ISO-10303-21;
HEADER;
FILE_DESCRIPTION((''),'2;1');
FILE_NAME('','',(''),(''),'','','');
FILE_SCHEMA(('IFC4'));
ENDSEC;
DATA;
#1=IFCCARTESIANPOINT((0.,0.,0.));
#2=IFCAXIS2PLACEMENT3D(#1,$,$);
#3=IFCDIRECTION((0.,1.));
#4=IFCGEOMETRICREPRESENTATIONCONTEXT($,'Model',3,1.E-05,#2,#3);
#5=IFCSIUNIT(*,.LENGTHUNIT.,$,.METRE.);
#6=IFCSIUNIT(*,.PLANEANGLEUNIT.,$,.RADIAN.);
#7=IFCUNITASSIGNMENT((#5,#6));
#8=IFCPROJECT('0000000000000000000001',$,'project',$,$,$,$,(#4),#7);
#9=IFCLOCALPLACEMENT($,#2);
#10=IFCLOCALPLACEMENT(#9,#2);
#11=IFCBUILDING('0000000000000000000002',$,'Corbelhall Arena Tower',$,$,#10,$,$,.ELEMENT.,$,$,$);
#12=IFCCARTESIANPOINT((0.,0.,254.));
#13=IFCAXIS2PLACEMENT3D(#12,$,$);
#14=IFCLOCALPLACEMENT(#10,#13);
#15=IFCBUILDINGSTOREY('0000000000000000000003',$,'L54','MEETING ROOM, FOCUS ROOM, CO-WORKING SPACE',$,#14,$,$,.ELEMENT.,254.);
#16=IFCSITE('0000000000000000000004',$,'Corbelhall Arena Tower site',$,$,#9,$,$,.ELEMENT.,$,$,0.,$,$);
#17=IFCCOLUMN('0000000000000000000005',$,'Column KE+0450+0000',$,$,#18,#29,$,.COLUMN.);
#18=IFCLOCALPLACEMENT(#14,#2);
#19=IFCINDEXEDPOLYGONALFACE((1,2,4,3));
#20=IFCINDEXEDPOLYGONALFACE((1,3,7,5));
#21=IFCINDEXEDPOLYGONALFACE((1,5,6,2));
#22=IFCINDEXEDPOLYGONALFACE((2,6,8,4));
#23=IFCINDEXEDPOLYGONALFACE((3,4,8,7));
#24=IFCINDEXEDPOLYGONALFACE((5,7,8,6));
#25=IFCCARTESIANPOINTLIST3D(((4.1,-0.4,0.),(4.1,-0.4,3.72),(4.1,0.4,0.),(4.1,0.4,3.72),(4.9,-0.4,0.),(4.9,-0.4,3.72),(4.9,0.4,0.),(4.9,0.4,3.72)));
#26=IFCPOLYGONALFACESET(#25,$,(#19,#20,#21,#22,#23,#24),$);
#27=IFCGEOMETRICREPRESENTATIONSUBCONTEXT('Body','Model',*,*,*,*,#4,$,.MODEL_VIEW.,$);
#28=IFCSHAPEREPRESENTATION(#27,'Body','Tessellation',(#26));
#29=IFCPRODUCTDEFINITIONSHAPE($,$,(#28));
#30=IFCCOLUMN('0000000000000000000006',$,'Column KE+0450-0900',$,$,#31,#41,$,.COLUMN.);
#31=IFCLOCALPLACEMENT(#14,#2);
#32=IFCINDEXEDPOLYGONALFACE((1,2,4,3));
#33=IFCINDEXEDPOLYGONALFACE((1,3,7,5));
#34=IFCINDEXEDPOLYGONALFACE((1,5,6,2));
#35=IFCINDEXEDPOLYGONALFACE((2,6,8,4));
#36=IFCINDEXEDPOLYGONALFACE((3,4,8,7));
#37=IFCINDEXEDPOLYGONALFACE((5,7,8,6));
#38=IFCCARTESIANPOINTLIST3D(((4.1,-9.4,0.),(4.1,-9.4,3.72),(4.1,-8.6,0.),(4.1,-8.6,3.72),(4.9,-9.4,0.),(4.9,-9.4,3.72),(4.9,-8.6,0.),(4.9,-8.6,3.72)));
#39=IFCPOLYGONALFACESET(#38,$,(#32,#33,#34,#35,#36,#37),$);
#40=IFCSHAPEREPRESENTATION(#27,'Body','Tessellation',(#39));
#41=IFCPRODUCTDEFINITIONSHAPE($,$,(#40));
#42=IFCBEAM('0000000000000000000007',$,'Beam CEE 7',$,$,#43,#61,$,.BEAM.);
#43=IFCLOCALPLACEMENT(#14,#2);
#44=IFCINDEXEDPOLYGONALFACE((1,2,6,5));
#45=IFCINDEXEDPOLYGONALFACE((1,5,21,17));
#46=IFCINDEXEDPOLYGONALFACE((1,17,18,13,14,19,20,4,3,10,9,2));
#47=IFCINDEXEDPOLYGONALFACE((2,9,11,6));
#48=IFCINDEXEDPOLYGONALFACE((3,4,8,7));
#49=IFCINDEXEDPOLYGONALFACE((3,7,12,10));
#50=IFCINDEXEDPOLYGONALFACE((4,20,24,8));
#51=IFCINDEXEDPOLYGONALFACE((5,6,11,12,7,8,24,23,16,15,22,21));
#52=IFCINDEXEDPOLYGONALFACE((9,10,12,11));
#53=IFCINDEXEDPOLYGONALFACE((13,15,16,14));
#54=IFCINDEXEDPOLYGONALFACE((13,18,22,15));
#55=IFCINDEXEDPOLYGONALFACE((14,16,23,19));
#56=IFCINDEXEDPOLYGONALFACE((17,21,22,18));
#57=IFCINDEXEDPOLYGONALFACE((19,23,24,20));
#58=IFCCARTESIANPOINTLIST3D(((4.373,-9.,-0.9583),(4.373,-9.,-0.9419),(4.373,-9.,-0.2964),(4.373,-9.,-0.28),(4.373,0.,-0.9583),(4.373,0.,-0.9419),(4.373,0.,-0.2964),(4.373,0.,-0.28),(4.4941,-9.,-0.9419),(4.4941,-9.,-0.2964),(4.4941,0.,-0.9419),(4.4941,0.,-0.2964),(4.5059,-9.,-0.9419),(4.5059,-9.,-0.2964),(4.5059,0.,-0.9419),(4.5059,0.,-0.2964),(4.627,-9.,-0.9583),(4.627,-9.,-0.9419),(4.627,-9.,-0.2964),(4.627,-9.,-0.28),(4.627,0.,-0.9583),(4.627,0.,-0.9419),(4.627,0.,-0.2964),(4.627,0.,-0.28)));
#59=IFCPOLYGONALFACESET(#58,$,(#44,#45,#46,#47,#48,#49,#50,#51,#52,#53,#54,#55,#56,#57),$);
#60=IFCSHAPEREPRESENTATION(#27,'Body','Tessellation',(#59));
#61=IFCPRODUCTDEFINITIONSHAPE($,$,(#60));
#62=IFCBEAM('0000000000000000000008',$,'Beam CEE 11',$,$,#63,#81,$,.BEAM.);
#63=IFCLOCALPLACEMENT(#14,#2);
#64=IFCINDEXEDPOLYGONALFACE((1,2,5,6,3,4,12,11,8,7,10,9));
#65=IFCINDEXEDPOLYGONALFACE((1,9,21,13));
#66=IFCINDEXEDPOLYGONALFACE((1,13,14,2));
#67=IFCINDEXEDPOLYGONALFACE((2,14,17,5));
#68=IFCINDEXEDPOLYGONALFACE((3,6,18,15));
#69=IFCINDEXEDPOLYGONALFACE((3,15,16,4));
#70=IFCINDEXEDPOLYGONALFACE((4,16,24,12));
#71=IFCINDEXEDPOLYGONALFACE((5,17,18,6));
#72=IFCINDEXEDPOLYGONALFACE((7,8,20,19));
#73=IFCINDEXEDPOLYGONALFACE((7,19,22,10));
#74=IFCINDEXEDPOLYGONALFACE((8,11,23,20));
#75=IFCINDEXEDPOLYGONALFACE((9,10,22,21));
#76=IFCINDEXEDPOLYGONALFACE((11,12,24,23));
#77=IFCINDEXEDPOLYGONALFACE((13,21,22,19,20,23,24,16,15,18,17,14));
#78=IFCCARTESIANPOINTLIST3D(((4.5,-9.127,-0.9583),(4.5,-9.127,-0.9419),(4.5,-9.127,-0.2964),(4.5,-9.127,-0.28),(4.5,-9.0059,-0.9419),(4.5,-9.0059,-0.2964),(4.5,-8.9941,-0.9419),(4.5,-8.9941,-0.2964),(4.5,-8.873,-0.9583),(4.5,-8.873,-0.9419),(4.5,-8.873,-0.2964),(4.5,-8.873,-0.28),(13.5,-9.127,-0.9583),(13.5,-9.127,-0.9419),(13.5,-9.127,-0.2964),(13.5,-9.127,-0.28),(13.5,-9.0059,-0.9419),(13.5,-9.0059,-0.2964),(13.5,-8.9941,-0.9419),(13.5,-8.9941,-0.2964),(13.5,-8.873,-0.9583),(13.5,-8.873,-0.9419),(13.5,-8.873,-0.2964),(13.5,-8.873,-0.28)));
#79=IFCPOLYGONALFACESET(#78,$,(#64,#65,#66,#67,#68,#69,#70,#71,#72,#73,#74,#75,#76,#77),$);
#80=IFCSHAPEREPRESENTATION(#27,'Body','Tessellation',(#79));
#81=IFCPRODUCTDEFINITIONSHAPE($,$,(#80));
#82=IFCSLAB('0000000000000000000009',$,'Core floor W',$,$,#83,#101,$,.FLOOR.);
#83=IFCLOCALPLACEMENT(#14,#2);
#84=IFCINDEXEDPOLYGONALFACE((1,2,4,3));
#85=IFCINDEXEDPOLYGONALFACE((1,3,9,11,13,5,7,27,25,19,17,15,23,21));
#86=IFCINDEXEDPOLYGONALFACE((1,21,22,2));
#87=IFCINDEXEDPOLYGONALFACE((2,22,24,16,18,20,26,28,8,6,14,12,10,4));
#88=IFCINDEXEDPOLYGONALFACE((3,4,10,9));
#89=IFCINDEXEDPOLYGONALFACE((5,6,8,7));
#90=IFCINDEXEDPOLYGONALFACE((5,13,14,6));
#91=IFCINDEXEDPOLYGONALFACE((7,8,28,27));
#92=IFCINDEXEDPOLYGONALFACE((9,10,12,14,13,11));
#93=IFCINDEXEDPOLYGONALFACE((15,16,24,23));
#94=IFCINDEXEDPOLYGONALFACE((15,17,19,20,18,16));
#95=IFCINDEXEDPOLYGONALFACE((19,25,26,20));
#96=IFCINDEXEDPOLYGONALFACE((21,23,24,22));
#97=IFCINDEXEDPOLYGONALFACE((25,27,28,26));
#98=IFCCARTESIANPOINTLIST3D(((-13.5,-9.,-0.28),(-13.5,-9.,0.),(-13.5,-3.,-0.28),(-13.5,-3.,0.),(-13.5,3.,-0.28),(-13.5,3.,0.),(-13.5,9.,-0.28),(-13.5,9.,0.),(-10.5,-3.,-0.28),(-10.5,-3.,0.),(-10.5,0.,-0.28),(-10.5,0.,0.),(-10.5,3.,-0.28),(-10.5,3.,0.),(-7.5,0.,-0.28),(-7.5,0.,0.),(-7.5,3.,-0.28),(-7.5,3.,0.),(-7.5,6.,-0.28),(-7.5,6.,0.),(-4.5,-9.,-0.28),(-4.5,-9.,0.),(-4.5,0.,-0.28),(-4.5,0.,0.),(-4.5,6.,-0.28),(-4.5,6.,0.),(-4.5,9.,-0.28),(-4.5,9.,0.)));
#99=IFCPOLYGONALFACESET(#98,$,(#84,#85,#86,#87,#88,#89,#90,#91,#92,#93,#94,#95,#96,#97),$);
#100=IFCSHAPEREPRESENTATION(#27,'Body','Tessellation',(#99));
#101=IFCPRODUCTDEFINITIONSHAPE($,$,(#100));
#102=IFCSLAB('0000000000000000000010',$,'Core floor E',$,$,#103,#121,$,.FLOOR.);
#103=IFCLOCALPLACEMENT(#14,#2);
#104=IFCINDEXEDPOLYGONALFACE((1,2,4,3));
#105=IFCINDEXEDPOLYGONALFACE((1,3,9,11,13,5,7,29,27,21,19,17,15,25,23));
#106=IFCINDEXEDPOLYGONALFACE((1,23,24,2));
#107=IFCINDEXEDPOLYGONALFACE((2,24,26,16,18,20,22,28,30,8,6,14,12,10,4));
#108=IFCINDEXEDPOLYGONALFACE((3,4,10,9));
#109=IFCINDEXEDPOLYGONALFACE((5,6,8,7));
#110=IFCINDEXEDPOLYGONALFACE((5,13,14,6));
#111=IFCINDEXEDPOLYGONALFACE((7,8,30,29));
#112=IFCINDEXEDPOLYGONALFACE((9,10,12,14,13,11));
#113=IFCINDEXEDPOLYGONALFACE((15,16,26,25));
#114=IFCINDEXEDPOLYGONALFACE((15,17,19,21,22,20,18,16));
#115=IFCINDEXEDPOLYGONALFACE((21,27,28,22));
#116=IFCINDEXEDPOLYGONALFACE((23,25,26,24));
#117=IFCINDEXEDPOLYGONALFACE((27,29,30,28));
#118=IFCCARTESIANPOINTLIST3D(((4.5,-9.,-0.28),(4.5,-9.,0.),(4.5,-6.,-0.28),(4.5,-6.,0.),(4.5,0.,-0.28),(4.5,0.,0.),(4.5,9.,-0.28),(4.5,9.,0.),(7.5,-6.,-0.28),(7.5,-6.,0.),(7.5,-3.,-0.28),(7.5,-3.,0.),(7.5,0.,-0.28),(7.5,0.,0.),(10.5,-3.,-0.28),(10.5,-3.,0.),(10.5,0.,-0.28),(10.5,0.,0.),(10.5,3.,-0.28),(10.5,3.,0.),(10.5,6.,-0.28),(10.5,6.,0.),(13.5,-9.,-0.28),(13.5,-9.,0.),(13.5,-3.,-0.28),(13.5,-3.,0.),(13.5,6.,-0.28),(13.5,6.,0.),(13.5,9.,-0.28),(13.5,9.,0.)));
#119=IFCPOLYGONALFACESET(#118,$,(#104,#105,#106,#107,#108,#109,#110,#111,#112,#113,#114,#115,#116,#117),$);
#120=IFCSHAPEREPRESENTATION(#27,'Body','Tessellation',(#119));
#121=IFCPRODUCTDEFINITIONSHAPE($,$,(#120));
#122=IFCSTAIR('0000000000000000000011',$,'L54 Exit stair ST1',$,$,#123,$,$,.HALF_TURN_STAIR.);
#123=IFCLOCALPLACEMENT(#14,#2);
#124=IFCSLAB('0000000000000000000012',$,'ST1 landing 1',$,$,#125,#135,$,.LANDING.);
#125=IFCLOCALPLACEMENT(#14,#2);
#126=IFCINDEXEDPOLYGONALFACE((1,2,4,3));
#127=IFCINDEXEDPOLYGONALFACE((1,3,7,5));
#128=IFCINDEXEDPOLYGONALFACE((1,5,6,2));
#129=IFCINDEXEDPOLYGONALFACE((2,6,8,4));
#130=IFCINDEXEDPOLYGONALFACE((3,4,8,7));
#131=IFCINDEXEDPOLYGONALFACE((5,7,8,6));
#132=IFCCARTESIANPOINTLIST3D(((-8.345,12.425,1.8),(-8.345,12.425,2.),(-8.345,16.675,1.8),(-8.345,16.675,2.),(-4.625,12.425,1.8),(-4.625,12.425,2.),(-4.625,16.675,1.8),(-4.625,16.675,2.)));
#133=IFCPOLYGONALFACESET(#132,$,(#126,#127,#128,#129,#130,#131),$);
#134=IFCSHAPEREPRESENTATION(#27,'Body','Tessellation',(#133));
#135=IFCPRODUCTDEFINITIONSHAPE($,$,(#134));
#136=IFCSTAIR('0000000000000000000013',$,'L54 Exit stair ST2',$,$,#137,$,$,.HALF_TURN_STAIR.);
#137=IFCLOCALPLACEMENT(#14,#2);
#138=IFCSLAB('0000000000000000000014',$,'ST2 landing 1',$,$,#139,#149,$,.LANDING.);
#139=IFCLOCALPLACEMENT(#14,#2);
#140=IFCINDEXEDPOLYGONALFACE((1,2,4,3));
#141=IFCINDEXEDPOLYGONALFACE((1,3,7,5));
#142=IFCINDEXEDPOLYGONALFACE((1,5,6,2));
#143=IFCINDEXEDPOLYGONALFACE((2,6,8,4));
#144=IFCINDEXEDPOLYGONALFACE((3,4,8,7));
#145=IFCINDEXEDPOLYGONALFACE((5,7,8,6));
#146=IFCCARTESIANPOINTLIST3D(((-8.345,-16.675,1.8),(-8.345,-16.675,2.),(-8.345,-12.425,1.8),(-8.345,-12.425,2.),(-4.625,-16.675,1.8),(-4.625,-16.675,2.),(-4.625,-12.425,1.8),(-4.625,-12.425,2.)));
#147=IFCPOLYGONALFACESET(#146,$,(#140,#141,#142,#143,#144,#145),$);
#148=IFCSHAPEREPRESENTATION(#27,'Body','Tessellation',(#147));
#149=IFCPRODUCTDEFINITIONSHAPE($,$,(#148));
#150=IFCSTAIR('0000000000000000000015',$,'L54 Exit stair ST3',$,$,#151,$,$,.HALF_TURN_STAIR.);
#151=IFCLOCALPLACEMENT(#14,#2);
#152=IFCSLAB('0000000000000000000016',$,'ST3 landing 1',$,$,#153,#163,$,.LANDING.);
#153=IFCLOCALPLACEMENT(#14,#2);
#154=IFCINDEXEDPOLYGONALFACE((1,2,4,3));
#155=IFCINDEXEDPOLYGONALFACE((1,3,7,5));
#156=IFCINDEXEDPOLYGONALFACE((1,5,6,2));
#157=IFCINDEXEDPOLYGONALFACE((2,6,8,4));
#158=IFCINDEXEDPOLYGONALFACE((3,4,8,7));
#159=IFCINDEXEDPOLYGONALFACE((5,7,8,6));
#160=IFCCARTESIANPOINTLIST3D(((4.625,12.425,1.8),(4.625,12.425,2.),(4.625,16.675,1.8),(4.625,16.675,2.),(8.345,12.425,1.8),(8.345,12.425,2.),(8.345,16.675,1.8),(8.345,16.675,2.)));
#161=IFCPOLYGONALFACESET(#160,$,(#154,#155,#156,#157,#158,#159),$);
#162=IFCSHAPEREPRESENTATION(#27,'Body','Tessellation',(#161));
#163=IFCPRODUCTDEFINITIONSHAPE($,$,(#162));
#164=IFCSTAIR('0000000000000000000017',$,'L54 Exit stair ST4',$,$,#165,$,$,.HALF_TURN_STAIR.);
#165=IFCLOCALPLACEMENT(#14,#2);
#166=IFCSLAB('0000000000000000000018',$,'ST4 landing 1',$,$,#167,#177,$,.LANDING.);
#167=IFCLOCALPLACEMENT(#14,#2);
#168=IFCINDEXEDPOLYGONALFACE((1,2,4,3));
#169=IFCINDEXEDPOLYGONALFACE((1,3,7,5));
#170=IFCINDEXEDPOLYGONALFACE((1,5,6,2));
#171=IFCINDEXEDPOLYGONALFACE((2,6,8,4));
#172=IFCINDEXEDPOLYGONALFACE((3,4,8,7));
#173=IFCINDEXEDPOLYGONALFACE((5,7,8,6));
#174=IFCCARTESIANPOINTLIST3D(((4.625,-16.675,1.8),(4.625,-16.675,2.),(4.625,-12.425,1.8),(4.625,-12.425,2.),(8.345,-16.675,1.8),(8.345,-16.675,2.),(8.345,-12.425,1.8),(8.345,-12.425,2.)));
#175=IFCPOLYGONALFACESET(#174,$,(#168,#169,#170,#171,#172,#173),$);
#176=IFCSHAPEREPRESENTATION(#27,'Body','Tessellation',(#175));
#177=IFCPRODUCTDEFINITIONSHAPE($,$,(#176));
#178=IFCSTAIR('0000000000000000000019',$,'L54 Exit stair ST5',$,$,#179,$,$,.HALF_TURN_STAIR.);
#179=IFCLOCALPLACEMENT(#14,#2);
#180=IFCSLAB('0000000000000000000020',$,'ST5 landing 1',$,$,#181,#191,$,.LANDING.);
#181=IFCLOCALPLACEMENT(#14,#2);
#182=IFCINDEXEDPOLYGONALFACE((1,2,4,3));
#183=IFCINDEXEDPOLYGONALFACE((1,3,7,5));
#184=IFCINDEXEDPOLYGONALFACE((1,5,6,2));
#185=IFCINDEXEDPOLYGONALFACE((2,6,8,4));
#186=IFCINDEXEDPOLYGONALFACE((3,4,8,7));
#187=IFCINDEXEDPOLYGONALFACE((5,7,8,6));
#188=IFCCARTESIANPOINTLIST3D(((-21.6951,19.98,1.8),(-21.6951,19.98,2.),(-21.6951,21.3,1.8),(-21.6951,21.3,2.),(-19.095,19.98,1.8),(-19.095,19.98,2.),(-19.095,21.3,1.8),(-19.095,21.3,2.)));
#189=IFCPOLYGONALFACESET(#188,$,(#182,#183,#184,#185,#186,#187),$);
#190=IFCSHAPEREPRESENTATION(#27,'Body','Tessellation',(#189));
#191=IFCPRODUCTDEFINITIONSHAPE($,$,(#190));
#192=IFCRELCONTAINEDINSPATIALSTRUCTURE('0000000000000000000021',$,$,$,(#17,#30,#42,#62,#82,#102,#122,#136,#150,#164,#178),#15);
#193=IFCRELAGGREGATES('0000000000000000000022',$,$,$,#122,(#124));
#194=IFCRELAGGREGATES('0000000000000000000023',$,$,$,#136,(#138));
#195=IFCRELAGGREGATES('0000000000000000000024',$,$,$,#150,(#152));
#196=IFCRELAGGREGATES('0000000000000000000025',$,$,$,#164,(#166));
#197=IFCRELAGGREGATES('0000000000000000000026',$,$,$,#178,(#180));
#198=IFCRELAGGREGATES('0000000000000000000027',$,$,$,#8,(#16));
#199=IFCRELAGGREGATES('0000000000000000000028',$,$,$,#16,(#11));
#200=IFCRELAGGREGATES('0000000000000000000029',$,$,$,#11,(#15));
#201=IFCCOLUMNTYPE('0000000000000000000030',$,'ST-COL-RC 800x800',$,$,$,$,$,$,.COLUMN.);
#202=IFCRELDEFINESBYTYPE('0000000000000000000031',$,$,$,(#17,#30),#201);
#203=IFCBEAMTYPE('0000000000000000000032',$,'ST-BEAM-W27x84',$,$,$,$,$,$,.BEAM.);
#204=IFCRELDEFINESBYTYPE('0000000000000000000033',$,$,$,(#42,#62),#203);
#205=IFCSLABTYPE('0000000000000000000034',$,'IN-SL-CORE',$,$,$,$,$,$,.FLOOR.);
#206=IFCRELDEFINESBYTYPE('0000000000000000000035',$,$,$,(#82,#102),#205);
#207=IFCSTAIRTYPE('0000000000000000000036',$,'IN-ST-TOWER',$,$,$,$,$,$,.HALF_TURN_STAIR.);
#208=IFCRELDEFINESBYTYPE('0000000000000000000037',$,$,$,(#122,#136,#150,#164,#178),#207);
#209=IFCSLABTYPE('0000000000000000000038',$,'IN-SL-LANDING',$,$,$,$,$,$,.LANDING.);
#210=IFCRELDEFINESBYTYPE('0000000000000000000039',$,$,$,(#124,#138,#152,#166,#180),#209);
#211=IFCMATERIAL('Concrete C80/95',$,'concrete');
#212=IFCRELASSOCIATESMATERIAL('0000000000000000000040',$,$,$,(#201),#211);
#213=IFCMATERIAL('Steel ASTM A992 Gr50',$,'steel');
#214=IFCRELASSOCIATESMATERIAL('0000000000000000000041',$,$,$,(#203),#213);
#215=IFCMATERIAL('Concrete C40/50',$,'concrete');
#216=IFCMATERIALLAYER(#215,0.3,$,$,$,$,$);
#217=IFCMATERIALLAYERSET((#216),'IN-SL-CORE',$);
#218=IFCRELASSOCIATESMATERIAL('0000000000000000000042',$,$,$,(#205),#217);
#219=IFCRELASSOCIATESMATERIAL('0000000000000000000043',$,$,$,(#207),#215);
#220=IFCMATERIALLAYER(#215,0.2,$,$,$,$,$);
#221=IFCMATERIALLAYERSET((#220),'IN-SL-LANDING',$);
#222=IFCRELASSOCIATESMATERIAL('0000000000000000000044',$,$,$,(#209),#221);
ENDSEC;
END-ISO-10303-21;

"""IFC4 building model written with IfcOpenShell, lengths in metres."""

from ifc_helpers import new_model, si_unit, direction, frame, origin, origin_2d, place, context, subcontext, project, spatial, polyline, rectangle, i_section, outline, extrude, material, layer, layer_set, material_profile, profile_set, type_object, element, aggregate, save


model = new_model("IFC4")

# Units and contexts
model_context = context("Model", 3, precision=1e-05, world=origin(), true_north=direction((0.0, 1.0)))
body_context = subcontext(model_context, "Body", "Model", "MODEL_VIEW")
ifc_project = project(units=[si_unit("LENGTHUNIT", "METRE"), si_unit("PLANEANGLEUNIT", "RADIAN")], contexts=[model_context])

# Site, building, storey
site_placement = place(None, origin())
site = spatial("IfcSite", under=ifc_project, at=site_placement, Name="Corbelhall Arena Tower site", CompositionType="ELEMENT", RefElevation=0.0)
building_placement = place(site_placement, origin())
building = spatial("IfcBuilding", under=site, at=building_placement, Name="Corbelhall Arena Tower", CompositionType="ELEMENT")
storey_placement = place(building_placement, frame((0.0, 0.0, 254.0)))
storey = spatial("IfcBuildingStorey", under=building, at=storey_placement, Name="L54", Description="MEETING ROOM, FOCUS ROOM, CO-WORKING SPACE", CompositionType="ELEMENT", Elevation=254.0)

# Columns
ifc_material_1 = material(Name="Concrete C80/95", Category="concrete")
ifc_material_profile_1 = material_profile(ifc_material_1, rectangle(XDim=0.8, YDim=0.8, at=origin_2d()))
ifc_profile_set_1 = profile_set([ifc_material_profile_1], Name="Concrete C80/95")
column_type = type_object("IfcColumnType", Name="ST-COL-RC 800x800", PredefinedType="COLUMN", material=ifc_profile_set_1)
for number, where, z_axis, x_axis, name in (
    (1, (4.5, 0.0, 0.0), (0.0, 0.0, 1.0), (1.0, 0.0, 0.0), "Column KE+0450+0000"),
    (2, (4.5, -9.0, 0.0), (0.0, 0.0, 1.0), (1.0, 0.0, 0.0), "Column KE+0450-0900"),
):
    element("IfcColumn", number, at=place(storey_placement, frame(where, z_axis=z_axis, x_axis=x_axis)), inside=storey, type_object=column_type, Name=name, PredefinedType="COLUMN", context=body_context, shape_type="SweptSolid", body=[
        extrude(rectangle(XDim=0.8, YDim=0.8, at=origin_2d()), origin(), (0.0, 0.0, 1.0), 3.72),
    ])

# Beams
ifc_material_2 = material(Name="Steel ASTM A992 Gr50", Category="steel")
ifc_material_profile_2 = material_profile(ifc_material_2, i_section(OverallWidth=0.2539, OverallDepth=0.6782, WebThickness=0.0117, FlangeThickness=0.0164, at=origin_2d()))
ifc_profile_set_2 = profile_set([ifc_material_profile_2], Name="Steel ASTM A992 Gr50")
beam_type = type_object("IfcBeamType", Name="ST-BEAM-W27x84", PredefinedType="BEAM", material=ifc_profile_set_2)
for number, where, z_axis, x_axis, name in (
    (3, (4.5, -9.0, -0.6191), (0.0, 1.0, 0.0), (-1.0, 0.0, 0.0), "Beam CEE 7"),
    (4, (4.5, -9.0, -0.6191), (1.0, 0.0, 0.0), (0.0, 1.0, 0.0), "Beam CEE 11"),
):
    element("IfcBeam", number, at=place(storey_placement, frame(where, z_axis=z_axis, x_axis=x_axis)), inside=storey, type_object=beam_type, Name=name, PredefinedType="BEAM", context=body_context, shape_type="SweptSolid", body=[
        extrude(i_section(OverallWidth=0.2539, OverallDepth=0.6782, WebThickness=0.0117, FlangeThickness=0.0164, at=origin_2d()), origin(), (0.0, 0.0, 1.0), 9.0),
    ])

# Slabs
ifc_material_3 = material(Name="Concrete C40/50", Category="concrete")
ifc_layer_1 = layer(ifc_material_3, 0.3)
ifc_layer_set_1 = layer_set([ifc_layer_1], Name="IN-SL-CORE")
slab_type_1 = type_object("IfcSlabType", Name="IN-SL-CORE", PredefinedType="FLOOR", material=ifc_layer_set_1)
slab_1_placement = place(storey_placement, frame((0.0, 0.0, -0.28)))
element("IfcSlab", 5, at=slab_1_placement, inside=storey, type_object=slab_type_1, Name="Core floor W", PredefinedType="FLOOR", context=body_context, shape_type="SweptSolid", body=[
    extrude(outline(polyline([(-10.5, -3.0), (-13.5, -3.0), (-13.5, -9.0), (-4.5, -9.0), (-4.5, 0.0), (-7.5, 0.0), (-7.5, 3.0), (-7.5, 6.0), (-4.5, 6.0), (-4.5, 9.0), (-13.5, 9.0), (-13.5, 3.0), (-10.5, 3.0), (-10.5, 0.0), (-10.5, -3.0)])), origin(), (0.0, 0.0, 1.0), 0.28),
])
slab_2_placement = place(storey_placement, frame((0.0, 0.0, -0.28)))
element("IfcSlab", 6, at=slab_2_placement, inside=storey, type_object=slab_type_1, Name="Core floor E", PredefinedType="FLOOR", context=body_context, shape_type="SweptSolid", body=[
    extrude(outline(polyline([(13.5, -3.0), (10.5, -3.0), (10.5, 0.0), (10.5, 3.0), (10.5, 6.0), (13.5, 6.0), (13.5, 9.0), (4.5, 9.0), (4.5, 0.0), (7.5, 0.0), (7.5, -3.0), (7.5, -6.0), (4.5, -6.0), (4.5, -9.0), (13.5, -9.0), (13.5, -3.0)])), origin(), (0.0, 0.0, 1.0), 0.28),
])

# Stairs, slabs
stair_type = type_object("IfcStairType", Name="IN-ST-TOWER", PredefinedType="HALF_TURN_STAIR", material=ifc_material_3)
stair_1_placement = place(storey_placement, origin())
stair_1 = element("IfcStair", 7, at=stair_1_placement, inside=storey, type_object=stair_type, Name="L54 Exit stair ST1", PredefinedType="HALF_TURN_STAIR")
ifc_layer_2 = layer(ifc_material_3, 0.2)
ifc_layer_set_2 = layer_set([ifc_layer_2], Name="IN-SL-LANDING")
slab_type_2 = type_object("IfcSlabType", Name="IN-SL-LANDING", PredefinedType="LANDING", material=ifc_layer_set_2)
slab_3_placement = place(storey_placement, frame((0.0, 0.0, 1.8)))
slab_3 = element("IfcSlab", 8, at=slab_3_placement, type_object=slab_type_2, Name="ST1 landing 1", PredefinedType="LANDING", context=body_context, shape_type="SweptSolid", body=[
    extrude(outline(polyline([(-8.345, 12.425), (-4.625, 12.425), (-4.625, 16.675), (-8.345, 16.675), (-8.345, 12.425)])), origin(), (0.0, 0.0, 1.0), 0.2),
])
aggregate(stair_1, [slab_3])
stair_2_placement = place(storey_placement, origin())
stair_2 = element("IfcStair", 9, at=stair_2_placement, inside=storey, type_object=stair_type, Name="L54 Exit stair ST2", PredefinedType="HALF_TURN_STAIR")
slab_4_placement = place(storey_placement, frame((0.0, 0.0, 1.8)))
slab_4 = element("IfcSlab", 10, at=slab_4_placement, type_object=slab_type_2, Name="ST2 landing 1", PredefinedType="LANDING", context=body_context, shape_type="SweptSolid", body=[
    extrude(outline(polyline([(-8.345, -16.675), (-4.625, -16.675), (-4.625, -12.425), (-8.345, -12.425), (-8.345, -16.675)])), origin(), (0.0, 0.0, 1.0), 0.2),
])
aggregate(stair_2, [slab_4])
stair_3_placement = place(storey_placement, origin())
stair_3 = element("IfcStair", 11, at=stair_3_placement, inside=storey, type_object=stair_type, Name="L54 Exit stair ST3", PredefinedType="HALF_TURN_STAIR")
slab_5_placement = place(storey_placement, frame((0.0, 0.0, 1.8)))
slab_5 = element("IfcSlab", 12, at=slab_5_placement, type_object=slab_type_2, Name="ST3 landing 1", PredefinedType="LANDING", context=body_context, shape_type="SweptSolid", body=[
    extrude(outline(polyline([(8.345, 16.675), (4.625, 16.675), (4.625, 12.425), (8.345, 12.425), (8.345, 16.675)])), origin(), (0.0, 0.0, 1.0), 0.2),
])
aggregate(stair_3, [slab_5])
stair_4_placement = place(storey_placement, origin())
stair_4 = element("IfcStair", 13, at=stair_4_placement, inside=storey, type_object=stair_type, Name="L54 Exit stair ST4", PredefinedType="HALF_TURN_STAIR")
slab_6_placement = place(storey_placement, frame((0.0, 0.0, 1.8)))
slab_6 = element("IfcSlab", 14, at=slab_6_placement, type_object=slab_type_2, Name="ST4 landing 1", PredefinedType="LANDING", context=body_context, shape_type="SweptSolid", body=[
    extrude(outline(polyline([(8.345, -12.425), (4.625, -12.425), (4.625, -16.675), (8.345, -16.675), (8.345, -12.425)])), origin(), (0.0, 0.0, 1.0), 0.2),
])
aggregate(stair_4, [slab_6])
stair_5_placement = place(storey_placement, origin())
stair_5 = element("IfcStair", 15, at=stair_5_placement, inside=storey, type_object=stair_type, Name="L54 Exit stair ST5", PredefinedType="HALF_TURN_STAIR")
slab_7_placement = place(storey_placement, frame((0.0, 0.0, 1.8)))
slab_7 = element("IfcSlab", 16, at=slab_7_placement, type_object=slab_type_2, Name="ST5 landing 1", PredefinedType="LANDING", context=body_context, shape_type="SweptSolid", body=[
    extrude(outline(polyline([(-19.095, 19.98), (-19.095, 21.3), (-21.6951, 21.3), (-21.6951, 19.98), (-19.095, 19.98)])), origin(), (0.0, 0.0, 1.0), 0.2),
])
aggregate(stair_5, [slab_7])

save(model, "model.ifc")
